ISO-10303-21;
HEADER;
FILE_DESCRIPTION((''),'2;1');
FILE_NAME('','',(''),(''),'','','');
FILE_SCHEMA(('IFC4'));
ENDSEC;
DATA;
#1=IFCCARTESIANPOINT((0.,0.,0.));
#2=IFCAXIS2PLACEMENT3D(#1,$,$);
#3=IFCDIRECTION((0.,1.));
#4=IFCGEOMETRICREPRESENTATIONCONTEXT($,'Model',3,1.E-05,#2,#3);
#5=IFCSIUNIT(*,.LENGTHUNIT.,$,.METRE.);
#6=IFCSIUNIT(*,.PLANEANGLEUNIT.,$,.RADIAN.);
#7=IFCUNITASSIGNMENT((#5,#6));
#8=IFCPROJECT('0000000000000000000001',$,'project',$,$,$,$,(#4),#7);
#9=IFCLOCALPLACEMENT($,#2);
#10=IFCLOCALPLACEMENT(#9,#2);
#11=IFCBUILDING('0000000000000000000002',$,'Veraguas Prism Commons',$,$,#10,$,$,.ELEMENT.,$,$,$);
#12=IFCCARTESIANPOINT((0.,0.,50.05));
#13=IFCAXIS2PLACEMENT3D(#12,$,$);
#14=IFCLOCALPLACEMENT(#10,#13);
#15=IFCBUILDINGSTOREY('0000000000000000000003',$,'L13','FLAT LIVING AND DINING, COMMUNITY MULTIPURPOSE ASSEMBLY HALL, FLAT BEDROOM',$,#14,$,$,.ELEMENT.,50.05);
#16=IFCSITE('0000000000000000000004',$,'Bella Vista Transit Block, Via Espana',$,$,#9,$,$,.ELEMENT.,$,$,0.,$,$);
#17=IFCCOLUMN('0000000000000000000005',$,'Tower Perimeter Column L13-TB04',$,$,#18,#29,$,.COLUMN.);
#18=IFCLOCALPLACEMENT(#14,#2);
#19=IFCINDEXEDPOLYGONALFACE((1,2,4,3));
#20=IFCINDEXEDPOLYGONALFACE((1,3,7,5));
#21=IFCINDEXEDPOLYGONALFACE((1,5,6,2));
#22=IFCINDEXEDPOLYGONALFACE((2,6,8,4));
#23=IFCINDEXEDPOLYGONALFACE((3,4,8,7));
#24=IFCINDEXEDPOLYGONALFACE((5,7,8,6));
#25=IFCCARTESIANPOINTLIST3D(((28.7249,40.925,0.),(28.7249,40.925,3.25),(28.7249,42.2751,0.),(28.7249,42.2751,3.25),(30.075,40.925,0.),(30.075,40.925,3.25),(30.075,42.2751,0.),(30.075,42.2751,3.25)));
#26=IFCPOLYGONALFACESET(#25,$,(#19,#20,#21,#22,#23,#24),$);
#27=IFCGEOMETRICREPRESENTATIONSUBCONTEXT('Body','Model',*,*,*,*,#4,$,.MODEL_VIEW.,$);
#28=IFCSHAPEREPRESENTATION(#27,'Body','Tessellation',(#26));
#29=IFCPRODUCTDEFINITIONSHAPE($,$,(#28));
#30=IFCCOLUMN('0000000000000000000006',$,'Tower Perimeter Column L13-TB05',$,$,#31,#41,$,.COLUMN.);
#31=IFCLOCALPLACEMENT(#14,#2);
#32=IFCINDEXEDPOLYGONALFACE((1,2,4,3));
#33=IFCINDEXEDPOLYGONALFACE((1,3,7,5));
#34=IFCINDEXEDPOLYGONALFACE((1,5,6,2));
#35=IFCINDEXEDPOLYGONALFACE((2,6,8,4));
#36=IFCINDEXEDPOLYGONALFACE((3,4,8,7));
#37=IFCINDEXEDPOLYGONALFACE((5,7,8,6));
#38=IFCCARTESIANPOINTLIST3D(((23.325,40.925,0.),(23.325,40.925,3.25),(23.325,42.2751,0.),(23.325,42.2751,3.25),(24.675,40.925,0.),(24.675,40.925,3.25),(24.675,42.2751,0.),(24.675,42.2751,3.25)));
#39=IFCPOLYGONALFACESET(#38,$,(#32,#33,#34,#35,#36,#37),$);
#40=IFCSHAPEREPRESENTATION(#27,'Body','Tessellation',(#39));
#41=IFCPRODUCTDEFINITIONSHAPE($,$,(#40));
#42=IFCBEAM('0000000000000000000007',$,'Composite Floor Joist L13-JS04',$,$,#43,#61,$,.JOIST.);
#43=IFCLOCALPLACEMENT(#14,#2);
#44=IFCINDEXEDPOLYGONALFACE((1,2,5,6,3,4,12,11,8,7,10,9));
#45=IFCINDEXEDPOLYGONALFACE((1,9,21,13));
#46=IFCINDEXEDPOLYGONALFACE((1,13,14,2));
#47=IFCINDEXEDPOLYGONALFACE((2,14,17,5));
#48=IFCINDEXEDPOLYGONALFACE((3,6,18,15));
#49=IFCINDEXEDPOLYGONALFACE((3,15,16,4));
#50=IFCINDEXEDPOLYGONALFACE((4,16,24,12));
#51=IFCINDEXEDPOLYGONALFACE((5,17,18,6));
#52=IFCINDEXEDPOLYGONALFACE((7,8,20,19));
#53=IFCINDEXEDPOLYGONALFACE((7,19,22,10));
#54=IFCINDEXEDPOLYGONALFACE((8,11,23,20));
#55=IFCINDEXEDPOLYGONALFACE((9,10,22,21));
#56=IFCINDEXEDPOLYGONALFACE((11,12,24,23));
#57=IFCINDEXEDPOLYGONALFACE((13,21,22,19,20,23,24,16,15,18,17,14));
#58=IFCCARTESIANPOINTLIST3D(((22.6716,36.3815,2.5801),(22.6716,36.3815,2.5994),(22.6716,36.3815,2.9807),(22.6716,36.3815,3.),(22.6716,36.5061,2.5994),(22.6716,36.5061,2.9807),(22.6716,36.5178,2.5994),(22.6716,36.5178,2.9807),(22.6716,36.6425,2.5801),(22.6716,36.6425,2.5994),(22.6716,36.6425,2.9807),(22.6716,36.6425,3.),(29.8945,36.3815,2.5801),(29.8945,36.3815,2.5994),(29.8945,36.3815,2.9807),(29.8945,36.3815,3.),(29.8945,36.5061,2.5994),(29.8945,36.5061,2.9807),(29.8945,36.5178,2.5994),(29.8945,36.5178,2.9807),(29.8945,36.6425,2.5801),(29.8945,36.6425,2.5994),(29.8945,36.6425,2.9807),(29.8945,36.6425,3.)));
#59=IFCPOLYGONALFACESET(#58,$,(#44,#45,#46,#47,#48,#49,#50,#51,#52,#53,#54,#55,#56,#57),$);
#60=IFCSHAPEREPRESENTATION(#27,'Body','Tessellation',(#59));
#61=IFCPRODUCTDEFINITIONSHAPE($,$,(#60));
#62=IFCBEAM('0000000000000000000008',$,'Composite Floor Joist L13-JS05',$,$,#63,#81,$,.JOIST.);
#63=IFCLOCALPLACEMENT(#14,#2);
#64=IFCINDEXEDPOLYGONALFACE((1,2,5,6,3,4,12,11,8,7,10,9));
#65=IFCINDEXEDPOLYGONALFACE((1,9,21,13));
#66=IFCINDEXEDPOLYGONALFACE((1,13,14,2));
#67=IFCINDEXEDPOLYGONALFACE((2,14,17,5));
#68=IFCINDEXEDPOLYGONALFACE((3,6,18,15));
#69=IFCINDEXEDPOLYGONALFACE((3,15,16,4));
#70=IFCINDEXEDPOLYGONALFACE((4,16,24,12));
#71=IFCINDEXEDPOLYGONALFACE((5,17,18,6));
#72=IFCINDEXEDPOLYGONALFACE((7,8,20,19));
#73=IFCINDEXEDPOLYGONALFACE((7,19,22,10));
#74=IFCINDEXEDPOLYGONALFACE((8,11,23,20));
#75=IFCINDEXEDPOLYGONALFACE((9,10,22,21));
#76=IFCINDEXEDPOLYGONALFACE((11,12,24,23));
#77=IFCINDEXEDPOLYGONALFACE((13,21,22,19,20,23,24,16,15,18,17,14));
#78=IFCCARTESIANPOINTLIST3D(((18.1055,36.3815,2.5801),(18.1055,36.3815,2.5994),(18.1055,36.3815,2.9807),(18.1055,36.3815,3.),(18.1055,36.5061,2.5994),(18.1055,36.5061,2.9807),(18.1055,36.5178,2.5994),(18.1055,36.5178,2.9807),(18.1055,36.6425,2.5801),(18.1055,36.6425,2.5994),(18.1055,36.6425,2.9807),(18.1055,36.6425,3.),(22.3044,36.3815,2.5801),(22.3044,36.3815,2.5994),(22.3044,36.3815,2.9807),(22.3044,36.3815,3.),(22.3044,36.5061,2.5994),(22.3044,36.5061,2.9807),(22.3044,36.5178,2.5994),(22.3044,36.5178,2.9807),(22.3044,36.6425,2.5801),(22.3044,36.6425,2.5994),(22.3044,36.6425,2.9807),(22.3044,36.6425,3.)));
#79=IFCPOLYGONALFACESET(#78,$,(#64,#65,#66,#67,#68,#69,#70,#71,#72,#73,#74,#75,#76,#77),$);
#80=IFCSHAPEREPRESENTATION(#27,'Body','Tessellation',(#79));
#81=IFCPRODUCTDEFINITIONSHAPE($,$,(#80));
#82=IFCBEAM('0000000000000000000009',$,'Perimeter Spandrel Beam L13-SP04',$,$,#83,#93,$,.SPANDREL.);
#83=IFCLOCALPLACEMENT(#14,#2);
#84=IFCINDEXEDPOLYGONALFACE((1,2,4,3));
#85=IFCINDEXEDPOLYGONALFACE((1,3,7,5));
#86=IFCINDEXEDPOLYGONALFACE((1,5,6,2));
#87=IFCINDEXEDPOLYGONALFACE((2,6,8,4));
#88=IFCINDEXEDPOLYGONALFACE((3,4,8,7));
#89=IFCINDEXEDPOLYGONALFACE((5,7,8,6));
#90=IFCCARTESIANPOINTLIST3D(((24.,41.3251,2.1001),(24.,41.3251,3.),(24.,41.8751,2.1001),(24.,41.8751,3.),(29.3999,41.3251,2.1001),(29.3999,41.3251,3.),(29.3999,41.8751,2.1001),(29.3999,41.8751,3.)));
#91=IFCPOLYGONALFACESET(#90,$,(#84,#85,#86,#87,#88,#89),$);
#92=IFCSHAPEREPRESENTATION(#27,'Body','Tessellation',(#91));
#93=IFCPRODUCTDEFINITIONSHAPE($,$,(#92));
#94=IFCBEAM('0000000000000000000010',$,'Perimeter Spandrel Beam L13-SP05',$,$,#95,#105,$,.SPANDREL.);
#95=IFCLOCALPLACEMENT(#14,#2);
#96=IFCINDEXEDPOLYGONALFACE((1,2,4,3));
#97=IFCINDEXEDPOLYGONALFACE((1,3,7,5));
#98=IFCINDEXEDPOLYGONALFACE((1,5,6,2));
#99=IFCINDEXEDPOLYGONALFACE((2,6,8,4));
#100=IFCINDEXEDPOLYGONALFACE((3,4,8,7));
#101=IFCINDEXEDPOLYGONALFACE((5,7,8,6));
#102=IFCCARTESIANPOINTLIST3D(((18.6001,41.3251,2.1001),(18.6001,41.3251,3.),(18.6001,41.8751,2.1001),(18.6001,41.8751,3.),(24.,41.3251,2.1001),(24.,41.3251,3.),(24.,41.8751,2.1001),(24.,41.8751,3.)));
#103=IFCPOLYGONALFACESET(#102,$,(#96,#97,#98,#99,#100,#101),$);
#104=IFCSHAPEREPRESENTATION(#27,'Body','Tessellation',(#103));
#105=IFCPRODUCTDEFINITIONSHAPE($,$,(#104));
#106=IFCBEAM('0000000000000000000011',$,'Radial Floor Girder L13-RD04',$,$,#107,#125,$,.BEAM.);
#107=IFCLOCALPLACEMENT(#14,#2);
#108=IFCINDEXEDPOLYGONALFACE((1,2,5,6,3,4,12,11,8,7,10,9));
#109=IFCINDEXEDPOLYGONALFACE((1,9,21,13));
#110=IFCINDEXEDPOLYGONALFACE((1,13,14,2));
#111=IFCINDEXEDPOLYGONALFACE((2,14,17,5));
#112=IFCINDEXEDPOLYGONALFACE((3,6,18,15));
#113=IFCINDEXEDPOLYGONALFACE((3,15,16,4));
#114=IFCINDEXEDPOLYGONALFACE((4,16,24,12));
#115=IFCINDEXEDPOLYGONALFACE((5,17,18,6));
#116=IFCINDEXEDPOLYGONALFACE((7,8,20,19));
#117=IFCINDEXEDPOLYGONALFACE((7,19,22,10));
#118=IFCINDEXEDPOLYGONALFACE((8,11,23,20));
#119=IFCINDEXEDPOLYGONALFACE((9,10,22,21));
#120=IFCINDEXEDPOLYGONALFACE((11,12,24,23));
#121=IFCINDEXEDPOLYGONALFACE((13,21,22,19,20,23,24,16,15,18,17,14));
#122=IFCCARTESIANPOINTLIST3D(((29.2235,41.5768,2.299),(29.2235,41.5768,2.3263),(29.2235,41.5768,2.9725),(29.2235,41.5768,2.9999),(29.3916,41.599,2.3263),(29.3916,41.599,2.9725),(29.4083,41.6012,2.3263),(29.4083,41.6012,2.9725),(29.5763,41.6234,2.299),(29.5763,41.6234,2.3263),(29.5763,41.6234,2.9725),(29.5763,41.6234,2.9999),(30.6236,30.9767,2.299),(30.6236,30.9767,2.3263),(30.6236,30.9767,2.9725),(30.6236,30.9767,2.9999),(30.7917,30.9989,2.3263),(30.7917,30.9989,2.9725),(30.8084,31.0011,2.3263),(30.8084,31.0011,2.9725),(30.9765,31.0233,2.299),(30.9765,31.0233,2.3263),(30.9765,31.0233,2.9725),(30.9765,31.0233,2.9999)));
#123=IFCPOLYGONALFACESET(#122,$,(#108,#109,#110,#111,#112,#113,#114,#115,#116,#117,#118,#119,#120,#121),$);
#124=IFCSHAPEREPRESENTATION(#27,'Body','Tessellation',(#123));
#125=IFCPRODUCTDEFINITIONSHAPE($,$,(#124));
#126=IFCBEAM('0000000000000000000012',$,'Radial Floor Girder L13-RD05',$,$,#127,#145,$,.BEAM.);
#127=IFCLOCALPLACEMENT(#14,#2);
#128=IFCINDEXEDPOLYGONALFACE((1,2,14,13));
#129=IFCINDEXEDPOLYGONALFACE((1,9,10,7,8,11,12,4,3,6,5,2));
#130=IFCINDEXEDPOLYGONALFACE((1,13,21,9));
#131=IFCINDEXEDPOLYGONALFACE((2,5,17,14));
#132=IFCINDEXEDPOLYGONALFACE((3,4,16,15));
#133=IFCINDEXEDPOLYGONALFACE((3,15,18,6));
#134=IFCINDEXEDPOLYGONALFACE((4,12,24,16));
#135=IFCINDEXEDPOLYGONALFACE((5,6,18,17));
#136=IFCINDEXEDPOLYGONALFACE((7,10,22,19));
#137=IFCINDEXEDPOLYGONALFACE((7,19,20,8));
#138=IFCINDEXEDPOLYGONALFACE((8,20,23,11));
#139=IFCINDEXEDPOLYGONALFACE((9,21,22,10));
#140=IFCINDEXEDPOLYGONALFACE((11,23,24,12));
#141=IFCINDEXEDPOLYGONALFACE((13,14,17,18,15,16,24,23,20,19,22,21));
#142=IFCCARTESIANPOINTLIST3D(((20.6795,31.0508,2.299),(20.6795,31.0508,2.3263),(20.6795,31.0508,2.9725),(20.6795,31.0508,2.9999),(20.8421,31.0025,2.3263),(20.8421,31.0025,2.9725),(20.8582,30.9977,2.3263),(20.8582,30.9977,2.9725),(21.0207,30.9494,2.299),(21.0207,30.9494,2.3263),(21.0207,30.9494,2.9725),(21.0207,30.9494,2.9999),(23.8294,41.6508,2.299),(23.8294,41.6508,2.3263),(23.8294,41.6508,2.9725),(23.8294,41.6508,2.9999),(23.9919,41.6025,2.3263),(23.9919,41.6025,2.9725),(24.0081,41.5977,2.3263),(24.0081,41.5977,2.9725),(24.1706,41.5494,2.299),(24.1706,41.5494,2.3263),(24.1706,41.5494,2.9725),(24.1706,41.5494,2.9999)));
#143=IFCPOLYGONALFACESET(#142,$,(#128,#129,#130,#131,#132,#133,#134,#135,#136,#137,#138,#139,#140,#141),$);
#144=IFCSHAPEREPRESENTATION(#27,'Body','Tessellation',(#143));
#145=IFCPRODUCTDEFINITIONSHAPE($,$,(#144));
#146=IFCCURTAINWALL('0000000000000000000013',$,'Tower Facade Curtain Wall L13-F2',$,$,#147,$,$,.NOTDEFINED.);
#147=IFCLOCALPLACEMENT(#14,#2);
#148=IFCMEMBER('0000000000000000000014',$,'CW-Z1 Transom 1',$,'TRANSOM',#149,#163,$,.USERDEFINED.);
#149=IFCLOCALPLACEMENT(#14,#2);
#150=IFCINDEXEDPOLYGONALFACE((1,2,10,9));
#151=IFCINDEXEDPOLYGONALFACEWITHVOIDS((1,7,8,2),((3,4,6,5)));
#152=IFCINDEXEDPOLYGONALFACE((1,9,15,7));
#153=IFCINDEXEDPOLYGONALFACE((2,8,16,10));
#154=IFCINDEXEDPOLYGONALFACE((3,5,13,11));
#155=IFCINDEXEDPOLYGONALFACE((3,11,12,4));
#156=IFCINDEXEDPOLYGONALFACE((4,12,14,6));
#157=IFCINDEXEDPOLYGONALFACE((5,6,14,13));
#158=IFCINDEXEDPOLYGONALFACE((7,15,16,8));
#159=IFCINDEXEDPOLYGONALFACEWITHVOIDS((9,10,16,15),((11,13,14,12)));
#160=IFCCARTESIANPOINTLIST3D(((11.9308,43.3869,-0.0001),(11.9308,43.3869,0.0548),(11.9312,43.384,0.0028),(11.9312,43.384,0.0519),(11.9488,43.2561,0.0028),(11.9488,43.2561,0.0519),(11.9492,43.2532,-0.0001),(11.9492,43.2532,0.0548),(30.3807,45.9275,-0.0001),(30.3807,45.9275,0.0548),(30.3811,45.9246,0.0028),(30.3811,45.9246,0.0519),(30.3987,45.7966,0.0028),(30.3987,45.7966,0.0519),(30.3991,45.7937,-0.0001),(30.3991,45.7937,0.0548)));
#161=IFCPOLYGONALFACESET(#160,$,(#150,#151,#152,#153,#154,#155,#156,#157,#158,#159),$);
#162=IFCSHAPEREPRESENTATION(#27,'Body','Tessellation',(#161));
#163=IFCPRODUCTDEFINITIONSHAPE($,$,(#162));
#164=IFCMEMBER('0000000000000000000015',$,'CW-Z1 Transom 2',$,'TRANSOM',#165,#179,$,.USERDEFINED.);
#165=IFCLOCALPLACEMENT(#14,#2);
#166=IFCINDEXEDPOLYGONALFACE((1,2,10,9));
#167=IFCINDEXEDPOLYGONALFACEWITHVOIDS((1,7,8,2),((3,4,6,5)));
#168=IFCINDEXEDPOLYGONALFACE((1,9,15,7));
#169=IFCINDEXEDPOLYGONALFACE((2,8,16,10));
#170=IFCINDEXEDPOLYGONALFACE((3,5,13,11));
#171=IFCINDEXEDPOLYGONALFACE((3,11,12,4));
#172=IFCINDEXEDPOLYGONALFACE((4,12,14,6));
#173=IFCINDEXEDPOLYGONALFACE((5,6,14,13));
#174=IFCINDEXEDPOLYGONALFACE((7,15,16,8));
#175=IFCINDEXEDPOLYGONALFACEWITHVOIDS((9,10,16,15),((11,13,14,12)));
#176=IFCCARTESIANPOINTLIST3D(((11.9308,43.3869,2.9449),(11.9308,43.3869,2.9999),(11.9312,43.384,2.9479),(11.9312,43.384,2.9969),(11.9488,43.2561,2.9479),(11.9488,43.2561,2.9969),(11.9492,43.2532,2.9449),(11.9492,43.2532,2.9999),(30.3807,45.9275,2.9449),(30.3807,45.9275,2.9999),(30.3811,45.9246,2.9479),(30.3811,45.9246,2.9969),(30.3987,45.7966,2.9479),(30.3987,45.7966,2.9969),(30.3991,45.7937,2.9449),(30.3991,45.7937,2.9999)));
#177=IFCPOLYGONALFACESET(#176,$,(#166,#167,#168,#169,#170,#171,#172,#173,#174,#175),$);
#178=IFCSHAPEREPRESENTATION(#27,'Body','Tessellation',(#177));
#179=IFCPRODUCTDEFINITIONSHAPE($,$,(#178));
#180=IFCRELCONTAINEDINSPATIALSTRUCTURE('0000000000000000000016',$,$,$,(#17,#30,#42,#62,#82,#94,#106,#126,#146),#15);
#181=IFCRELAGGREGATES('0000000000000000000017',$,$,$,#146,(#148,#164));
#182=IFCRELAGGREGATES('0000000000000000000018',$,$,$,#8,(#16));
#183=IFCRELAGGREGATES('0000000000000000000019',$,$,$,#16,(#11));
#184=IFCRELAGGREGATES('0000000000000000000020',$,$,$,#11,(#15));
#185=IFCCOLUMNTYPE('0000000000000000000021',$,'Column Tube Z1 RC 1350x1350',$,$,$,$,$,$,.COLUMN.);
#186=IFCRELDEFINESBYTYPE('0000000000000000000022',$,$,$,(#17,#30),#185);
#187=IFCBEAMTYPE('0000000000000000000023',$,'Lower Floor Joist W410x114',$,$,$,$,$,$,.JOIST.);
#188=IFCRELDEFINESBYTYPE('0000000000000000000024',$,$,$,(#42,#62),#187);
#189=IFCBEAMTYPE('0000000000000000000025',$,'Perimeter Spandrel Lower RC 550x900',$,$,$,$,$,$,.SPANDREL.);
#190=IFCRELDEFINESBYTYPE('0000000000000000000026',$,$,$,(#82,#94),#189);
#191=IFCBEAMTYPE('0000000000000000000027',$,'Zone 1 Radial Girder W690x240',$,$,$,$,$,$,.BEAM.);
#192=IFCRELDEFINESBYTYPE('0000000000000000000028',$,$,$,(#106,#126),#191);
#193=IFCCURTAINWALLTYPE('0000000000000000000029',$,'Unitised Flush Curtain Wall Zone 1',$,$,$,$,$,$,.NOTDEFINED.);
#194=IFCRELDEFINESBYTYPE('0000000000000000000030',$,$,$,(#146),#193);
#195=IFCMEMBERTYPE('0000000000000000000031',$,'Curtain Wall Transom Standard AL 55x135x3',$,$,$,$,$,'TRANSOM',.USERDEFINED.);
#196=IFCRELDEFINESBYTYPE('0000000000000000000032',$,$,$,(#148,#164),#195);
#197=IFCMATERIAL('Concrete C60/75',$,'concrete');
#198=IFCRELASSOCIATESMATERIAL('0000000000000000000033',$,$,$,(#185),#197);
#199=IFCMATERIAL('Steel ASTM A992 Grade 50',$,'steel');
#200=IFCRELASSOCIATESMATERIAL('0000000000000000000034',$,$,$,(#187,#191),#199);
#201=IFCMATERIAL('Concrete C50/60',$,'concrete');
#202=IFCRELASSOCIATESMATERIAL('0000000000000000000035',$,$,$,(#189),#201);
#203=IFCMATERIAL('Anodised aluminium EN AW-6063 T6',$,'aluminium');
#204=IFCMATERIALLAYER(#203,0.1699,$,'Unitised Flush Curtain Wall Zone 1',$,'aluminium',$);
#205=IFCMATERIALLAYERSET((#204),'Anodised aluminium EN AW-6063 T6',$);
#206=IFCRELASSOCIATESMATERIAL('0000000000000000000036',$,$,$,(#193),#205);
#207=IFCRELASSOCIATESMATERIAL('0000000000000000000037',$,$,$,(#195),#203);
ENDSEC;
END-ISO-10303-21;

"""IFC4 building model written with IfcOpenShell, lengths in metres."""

from ifc_helpers import new_model, si_unit, direction, frame, origin, origin_2d, place, context, subcontext, project, spatial, rectangle, hollow_rectangle, i_section, extrude, source, transform, mapped, material, layer, layer_set, material_profile, profile_set, type_object, element, aggregate, save


model = new_model("IFC4")

# Units and contexts
model_context = context("Model", 3, precision=1e-05, world=origin(), true_north=direction((0.0, 1.0)))
body_context = subcontext(model_context, "Body", "Model", "MODEL_VIEW")
ifc_project = project(units=[si_unit("LENGTHUNIT", "METRE"), si_unit("PLANEANGLEUNIT", "RADIAN")], contexts=[model_context])

# Site, building, storey
site_placement = place(None, origin())
site = spatial("IfcSite", under=ifc_project, at=site_placement, Name="Bella Vista Transit Block, Via Espana", CompositionType="ELEMENT", RefElevation=0.0)
building_placement = place(site_placement, origin())
building = spatial("IfcBuilding", under=site, at=building_placement, Name="Veraguas Prism Commons", CompositionType="ELEMENT")
storey_placement = place(building_placement, frame((0.0, 0.0, 50.05)))
storey = spatial("IfcBuildingStorey", under=building, at=storey_placement, Name="L13", Description="FLAT LIVING AND DINING, COMMUNITY MULTIPURPOSE ASSEMBLY HALL, FLAT BEDROOM", CompositionType="ELEMENT", Elevation=50.05)

# Columns
ifc_material_1 = material(Name="Concrete C60/75", Category="concrete")
ifc_material_profile_1 = material_profile(ifc_material_1, rectangle(XDim=1.3501, YDim=1.3501, at=origin_2d()), Name="RC1350X1350")
ifc_profile_set_1 = profile_set([ifc_material_profile_1], Name="Concrete C60/75")
column_type = type_object("IfcColumnType", Name="Column Tube Z1 RC 1350x1350", PredefinedType="COLUMN", material=ifc_profile_set_1)
for number, where, z_axis, x_axis, name in (
    (1, (29.3999, 41.6001, 0.0), (0.0, 0.0, 1.0), (1.0, 0.0, 0.0), "Tower Perimeter Column L13-TB04"),
    (2, (24.0, 41.6001, 0.0), (0.0, 0.0, 1.0), (1.0, 0.0, 0.0), "Tower Perimeter Column L13-TB05"),
):
    element("IfcColumn", number, at=place(storey_placement, frame(where, z_axis=z_axis, x_axis=x_axis)), inside=storey, type_object=column_type, Name=name, PredefinedType="COLUMN", context=body_context, shape_type="SweptSolid", body=[
        extrude(rectangle(XDim=1.3501, YDim=1.3501, at=origin_2d()), origin(), (0.0, 0.0, 1.0), 3.25),
    ])

# Beams
ifc_material_2 = material(Name="Steel ASTM A992 Grade 50", Category="steel")
ifc_material_profile_2 = material_profile(ifc_material_2, i_section(OverallWidth=0.261, OverallDepth=0.4199, WebThickness=0.0117, FlangeThickness=0.0193, at=origin_2d()), Name="W410X114")
ifc_profile_set_2 = profile_set([ifc_material_profile_2], Name="Steel ASTM A992 Grade 50")
beam_type_1 = type_object("IfcBeamType", Name="Lower Floor Joist W410x114", PredefinedType="JOIST", material=ifc_profile_set_2)
beam_1_placement = place(storey_placement, frame((29.8945, 36.512, 2.79), z_axis=(-1.0, 0.0, 0.0), x_axis=(0.0, -1.0, 0.0)))
element("IfcBeam", 3, at=beam_1_placement, inside=storey, type_object=beam_type_1, Name="Composite Floor Joist L13-JS04", PredefinedType="JOIST", context=body_context, shape_type="SweptSolid", body=[
    extrude(i_section(OverallWidth=0.261, OverallDepth=0.4199, WebThickness=0.0117, FlangeThickness=0.0193, at=origin_2d()), origin(), (0.0, 0.0, 1.0), 7.2229),
])
beam_2_placement = place(storey_placement, frame((22.3044, 36.512, 2.79), z_axis=(-1.0, 0.0, 0.0), x_axis=(0.0, -1.0, 0.0)))
element("IfcBeam", 4, at=beam_2_placement, inside=storey, type_object=beam_type_1, Name="Composite Floor Joist L13-JS05", PredefinedType="JOIST", context=body_context, shape_type="SweptSolid", body=[
    extrude(i_section(OverallWidth=0.261, OverallDepth=0.4199, WebThickness=0.0117, FlangeThickness=0.0193, at=origin_2d()), origin(), (0.0, 0.0, 1.0), 4.199),
])
ifc_material_3 = material(Name="Concrete C50/60", Category="concrete")
ifc_material_profile_3 = material_profile(ifc_material_3, rectangle(XDim=0.55, YDim=0.8999, at=origin_2d()), Name="RC550X900")
ifc_profile_set_3 = profile_set([ifc_material_profile_3], Name="Concrete C50/60")
beam_type_2 = type_object("IfcBeamType", Name="Perimeter Spandrel Lower RC 550x900", PredefinedType="SPANDREL", material=ifc_profile_set_3)
for number, where, z_axis, x_axis, name in (
    (5, (29.3999, 41.6001, 2.55), (-1.0, 0.0, 0.0), (0.0, -1.0, 0.0), "Perimeter Spandrel Beam L13-SP04"),
    (6, (24.0, 41.6001, 2.55), (-1.0, 0.0, 0.0), (0.0, -1.0, 0.0), "Perimeter Spandrel Beam L13-SP05"),
):
    element("IfcBeam", number, at=place(storey_placement, frame(where, z_axis=z_axis, x_axis=x_axis)), inside=storey, type_object=beam_type_2, Name=name, PredefinedType="SPANDREL", context=body_context, shape_type="SweptSolid", body=[
        extrude(rectangle(XDim=0.55, YDim=0.8999, at=origin_2d()), origin(), (0.0, 0.0, 1.0), 5.3999),
    ])
ifc_material_profile_4 = material_profile(ifc_material_2, i_section(OverallWidth=0.356, OverallDepth=0.7009, WebThickness=0.0168, FlangeThickness=0.0273, at=origin_2d()), Name="W690X240")
ifc_profile_set_4 = profile_set([ifc_material_profile_4], Name="Steel ASTM A992 Grade 50")
beam_type_3 = type_object("IfcBeamType", Name="Zone 1 Radial Girder W690x240", PredefinedType="BEAM", material=ifc_profile_set_4)
beam_3_placement = place(storey_placement, frame((29.3999, 41.6001, 2.6494), z_axis=(0.130951, -0.991389, 0.0), x_axis=(0.991389, 0.130951, 0.0)))
element("IfcBeam", 7, at=beam_3_placement, inside=storey, type_object=beam_type_3, Name="Radial Floor Girder L13-RD04", PredefinedType="BEAM", context=body_context, shape_type="SweptSolid", body=[
    extrude(i_section(OverallWidth=0.356, OverallDepth=0.7009, WebThickness=0.0168, FlangeThickness=0.0273, at=origin_2d()), origin(), (0.0, 0.0, 1.0), 10.6921),
])
beam_4_placement = place(storey_placement, frame((24.0, 41.6001, 2.6494), z_axis=(-0.284847, -0.958573, 0.0), x_axis=(0.958573, -0.284847, 0.0)))
element("IfcBeam", 8, at=beam_4_placement, inside=storey, type_object=beam_type_3, Name="Radial Floor Girder L13-RD05", PredefinedType="BEAM", context=body_context, shape_type="SweptSolid", body=[
    extrude(i_section(OverallWidth=0.356, OverallDepth=0.7009, WebThickness=0.0168, FlangeThickness=0.0273, at=origin_2d()), origin(), (0.0, 0.0, 1.0), 11.0581),
])

# Curtain wall, members
ifc_material_4 = material(Name="Anodised aluminium EN AW-6063 T6", Category="aluminium")
ifc_layer_1 = layer(ifc_material_4, 0.1699, Name="Unitised Flush Curtain Wall Zone 1", Category="aluminium")
ifc_layer_set_1 = layer_set([ifc_layer_1], Name="Anodised aluminium EN AW-6063 T6")
curtain_wall_type = type_object("IfcCurtainWallType", Name="Unitised Flush Curtain Wall Zone 1", PredefinedType="NOTDEFINED", material=ifc_layer_set_1)
curtain_wall_1_placement = place(storey_placement, origin())
curtain_wall_1 = element("IfcCurtainWall", 9, at=curtain_wall_1_placement, inside=storey, type_object=curtain_wall_type, Name="Tower Facade Curtain Wall L13-F2", PredefinedType="NOTDEFINED")
ifc_material_profile_5 = material_profile(ifc_material_4, hollow_rectangle(XDim=0.0549, YDim=0.135, WallThickness=0.0029, at=origin_2d()), Name="AL55X135X3")
ifc_profile_set_5 = profile_set([ifc_material_profile_5], Name="Anodised aluminium EN AW-6063 T6")
member_type_1 = type_object("IfcMemberType", Name="Curtain Wall Transom Standard AL 55x135x3", ElementType="TRANSOM", PredefinedType="USERDEFINED", material=ifc_profile_set_5)
shared_shape_1 = source(origin(), body_context, "Body", "SweptSolid", [
    extrude(hollow_rectangle(XDim=0.0549, YDim=0.135, WallThickness=0.0029, at=origin_2d()), origin(), (0.0, 0.0, 1.0), 18.624),
])
member_1_placement = place(storey_placement, frame((30.3899, 45.8606, 0.0273), z_axis=(-0.990652, -0.136411, 0.0), x_axis=(0.0, 0.0, 1.0)))
member_1 = element("IfcMember", 10, at=member_1_placement, type_object=member_type_1, Name="CW-Z1 Transom 1", ObjectType="TRANSOM", PredefinedType="USERDEFINED", context=body_context, shape_type="MappedRepresentation", body=[
    mapped(shared_shape_1, transform((0.0, 0.0, 0.0), scale=1.0)),
])
member_2_placement = place(storey_placement, frame((30.3899, 45.8606, 2.9724), z_axis=(-0.990652, -0.136411, 0.0), x_axis=(0.0, 0.0, 1.0)))
member_2 = element("IfcMember", 11, at=member_2_placement, type_object=member_type_1, Name="CW-Z1 Transom 2", ObjectType="TRANSOM", PredefinedType="USERDEFINED", context=body_context, shape_type="MappedRepresentation", body=[
    mapped(shared_shape_1, transform((0.0, 0.0, 0.0), scale=1.0)),
])

aggregate(curtain_wall_1, [member_1, member_2])

save(model, "model.ifc")
